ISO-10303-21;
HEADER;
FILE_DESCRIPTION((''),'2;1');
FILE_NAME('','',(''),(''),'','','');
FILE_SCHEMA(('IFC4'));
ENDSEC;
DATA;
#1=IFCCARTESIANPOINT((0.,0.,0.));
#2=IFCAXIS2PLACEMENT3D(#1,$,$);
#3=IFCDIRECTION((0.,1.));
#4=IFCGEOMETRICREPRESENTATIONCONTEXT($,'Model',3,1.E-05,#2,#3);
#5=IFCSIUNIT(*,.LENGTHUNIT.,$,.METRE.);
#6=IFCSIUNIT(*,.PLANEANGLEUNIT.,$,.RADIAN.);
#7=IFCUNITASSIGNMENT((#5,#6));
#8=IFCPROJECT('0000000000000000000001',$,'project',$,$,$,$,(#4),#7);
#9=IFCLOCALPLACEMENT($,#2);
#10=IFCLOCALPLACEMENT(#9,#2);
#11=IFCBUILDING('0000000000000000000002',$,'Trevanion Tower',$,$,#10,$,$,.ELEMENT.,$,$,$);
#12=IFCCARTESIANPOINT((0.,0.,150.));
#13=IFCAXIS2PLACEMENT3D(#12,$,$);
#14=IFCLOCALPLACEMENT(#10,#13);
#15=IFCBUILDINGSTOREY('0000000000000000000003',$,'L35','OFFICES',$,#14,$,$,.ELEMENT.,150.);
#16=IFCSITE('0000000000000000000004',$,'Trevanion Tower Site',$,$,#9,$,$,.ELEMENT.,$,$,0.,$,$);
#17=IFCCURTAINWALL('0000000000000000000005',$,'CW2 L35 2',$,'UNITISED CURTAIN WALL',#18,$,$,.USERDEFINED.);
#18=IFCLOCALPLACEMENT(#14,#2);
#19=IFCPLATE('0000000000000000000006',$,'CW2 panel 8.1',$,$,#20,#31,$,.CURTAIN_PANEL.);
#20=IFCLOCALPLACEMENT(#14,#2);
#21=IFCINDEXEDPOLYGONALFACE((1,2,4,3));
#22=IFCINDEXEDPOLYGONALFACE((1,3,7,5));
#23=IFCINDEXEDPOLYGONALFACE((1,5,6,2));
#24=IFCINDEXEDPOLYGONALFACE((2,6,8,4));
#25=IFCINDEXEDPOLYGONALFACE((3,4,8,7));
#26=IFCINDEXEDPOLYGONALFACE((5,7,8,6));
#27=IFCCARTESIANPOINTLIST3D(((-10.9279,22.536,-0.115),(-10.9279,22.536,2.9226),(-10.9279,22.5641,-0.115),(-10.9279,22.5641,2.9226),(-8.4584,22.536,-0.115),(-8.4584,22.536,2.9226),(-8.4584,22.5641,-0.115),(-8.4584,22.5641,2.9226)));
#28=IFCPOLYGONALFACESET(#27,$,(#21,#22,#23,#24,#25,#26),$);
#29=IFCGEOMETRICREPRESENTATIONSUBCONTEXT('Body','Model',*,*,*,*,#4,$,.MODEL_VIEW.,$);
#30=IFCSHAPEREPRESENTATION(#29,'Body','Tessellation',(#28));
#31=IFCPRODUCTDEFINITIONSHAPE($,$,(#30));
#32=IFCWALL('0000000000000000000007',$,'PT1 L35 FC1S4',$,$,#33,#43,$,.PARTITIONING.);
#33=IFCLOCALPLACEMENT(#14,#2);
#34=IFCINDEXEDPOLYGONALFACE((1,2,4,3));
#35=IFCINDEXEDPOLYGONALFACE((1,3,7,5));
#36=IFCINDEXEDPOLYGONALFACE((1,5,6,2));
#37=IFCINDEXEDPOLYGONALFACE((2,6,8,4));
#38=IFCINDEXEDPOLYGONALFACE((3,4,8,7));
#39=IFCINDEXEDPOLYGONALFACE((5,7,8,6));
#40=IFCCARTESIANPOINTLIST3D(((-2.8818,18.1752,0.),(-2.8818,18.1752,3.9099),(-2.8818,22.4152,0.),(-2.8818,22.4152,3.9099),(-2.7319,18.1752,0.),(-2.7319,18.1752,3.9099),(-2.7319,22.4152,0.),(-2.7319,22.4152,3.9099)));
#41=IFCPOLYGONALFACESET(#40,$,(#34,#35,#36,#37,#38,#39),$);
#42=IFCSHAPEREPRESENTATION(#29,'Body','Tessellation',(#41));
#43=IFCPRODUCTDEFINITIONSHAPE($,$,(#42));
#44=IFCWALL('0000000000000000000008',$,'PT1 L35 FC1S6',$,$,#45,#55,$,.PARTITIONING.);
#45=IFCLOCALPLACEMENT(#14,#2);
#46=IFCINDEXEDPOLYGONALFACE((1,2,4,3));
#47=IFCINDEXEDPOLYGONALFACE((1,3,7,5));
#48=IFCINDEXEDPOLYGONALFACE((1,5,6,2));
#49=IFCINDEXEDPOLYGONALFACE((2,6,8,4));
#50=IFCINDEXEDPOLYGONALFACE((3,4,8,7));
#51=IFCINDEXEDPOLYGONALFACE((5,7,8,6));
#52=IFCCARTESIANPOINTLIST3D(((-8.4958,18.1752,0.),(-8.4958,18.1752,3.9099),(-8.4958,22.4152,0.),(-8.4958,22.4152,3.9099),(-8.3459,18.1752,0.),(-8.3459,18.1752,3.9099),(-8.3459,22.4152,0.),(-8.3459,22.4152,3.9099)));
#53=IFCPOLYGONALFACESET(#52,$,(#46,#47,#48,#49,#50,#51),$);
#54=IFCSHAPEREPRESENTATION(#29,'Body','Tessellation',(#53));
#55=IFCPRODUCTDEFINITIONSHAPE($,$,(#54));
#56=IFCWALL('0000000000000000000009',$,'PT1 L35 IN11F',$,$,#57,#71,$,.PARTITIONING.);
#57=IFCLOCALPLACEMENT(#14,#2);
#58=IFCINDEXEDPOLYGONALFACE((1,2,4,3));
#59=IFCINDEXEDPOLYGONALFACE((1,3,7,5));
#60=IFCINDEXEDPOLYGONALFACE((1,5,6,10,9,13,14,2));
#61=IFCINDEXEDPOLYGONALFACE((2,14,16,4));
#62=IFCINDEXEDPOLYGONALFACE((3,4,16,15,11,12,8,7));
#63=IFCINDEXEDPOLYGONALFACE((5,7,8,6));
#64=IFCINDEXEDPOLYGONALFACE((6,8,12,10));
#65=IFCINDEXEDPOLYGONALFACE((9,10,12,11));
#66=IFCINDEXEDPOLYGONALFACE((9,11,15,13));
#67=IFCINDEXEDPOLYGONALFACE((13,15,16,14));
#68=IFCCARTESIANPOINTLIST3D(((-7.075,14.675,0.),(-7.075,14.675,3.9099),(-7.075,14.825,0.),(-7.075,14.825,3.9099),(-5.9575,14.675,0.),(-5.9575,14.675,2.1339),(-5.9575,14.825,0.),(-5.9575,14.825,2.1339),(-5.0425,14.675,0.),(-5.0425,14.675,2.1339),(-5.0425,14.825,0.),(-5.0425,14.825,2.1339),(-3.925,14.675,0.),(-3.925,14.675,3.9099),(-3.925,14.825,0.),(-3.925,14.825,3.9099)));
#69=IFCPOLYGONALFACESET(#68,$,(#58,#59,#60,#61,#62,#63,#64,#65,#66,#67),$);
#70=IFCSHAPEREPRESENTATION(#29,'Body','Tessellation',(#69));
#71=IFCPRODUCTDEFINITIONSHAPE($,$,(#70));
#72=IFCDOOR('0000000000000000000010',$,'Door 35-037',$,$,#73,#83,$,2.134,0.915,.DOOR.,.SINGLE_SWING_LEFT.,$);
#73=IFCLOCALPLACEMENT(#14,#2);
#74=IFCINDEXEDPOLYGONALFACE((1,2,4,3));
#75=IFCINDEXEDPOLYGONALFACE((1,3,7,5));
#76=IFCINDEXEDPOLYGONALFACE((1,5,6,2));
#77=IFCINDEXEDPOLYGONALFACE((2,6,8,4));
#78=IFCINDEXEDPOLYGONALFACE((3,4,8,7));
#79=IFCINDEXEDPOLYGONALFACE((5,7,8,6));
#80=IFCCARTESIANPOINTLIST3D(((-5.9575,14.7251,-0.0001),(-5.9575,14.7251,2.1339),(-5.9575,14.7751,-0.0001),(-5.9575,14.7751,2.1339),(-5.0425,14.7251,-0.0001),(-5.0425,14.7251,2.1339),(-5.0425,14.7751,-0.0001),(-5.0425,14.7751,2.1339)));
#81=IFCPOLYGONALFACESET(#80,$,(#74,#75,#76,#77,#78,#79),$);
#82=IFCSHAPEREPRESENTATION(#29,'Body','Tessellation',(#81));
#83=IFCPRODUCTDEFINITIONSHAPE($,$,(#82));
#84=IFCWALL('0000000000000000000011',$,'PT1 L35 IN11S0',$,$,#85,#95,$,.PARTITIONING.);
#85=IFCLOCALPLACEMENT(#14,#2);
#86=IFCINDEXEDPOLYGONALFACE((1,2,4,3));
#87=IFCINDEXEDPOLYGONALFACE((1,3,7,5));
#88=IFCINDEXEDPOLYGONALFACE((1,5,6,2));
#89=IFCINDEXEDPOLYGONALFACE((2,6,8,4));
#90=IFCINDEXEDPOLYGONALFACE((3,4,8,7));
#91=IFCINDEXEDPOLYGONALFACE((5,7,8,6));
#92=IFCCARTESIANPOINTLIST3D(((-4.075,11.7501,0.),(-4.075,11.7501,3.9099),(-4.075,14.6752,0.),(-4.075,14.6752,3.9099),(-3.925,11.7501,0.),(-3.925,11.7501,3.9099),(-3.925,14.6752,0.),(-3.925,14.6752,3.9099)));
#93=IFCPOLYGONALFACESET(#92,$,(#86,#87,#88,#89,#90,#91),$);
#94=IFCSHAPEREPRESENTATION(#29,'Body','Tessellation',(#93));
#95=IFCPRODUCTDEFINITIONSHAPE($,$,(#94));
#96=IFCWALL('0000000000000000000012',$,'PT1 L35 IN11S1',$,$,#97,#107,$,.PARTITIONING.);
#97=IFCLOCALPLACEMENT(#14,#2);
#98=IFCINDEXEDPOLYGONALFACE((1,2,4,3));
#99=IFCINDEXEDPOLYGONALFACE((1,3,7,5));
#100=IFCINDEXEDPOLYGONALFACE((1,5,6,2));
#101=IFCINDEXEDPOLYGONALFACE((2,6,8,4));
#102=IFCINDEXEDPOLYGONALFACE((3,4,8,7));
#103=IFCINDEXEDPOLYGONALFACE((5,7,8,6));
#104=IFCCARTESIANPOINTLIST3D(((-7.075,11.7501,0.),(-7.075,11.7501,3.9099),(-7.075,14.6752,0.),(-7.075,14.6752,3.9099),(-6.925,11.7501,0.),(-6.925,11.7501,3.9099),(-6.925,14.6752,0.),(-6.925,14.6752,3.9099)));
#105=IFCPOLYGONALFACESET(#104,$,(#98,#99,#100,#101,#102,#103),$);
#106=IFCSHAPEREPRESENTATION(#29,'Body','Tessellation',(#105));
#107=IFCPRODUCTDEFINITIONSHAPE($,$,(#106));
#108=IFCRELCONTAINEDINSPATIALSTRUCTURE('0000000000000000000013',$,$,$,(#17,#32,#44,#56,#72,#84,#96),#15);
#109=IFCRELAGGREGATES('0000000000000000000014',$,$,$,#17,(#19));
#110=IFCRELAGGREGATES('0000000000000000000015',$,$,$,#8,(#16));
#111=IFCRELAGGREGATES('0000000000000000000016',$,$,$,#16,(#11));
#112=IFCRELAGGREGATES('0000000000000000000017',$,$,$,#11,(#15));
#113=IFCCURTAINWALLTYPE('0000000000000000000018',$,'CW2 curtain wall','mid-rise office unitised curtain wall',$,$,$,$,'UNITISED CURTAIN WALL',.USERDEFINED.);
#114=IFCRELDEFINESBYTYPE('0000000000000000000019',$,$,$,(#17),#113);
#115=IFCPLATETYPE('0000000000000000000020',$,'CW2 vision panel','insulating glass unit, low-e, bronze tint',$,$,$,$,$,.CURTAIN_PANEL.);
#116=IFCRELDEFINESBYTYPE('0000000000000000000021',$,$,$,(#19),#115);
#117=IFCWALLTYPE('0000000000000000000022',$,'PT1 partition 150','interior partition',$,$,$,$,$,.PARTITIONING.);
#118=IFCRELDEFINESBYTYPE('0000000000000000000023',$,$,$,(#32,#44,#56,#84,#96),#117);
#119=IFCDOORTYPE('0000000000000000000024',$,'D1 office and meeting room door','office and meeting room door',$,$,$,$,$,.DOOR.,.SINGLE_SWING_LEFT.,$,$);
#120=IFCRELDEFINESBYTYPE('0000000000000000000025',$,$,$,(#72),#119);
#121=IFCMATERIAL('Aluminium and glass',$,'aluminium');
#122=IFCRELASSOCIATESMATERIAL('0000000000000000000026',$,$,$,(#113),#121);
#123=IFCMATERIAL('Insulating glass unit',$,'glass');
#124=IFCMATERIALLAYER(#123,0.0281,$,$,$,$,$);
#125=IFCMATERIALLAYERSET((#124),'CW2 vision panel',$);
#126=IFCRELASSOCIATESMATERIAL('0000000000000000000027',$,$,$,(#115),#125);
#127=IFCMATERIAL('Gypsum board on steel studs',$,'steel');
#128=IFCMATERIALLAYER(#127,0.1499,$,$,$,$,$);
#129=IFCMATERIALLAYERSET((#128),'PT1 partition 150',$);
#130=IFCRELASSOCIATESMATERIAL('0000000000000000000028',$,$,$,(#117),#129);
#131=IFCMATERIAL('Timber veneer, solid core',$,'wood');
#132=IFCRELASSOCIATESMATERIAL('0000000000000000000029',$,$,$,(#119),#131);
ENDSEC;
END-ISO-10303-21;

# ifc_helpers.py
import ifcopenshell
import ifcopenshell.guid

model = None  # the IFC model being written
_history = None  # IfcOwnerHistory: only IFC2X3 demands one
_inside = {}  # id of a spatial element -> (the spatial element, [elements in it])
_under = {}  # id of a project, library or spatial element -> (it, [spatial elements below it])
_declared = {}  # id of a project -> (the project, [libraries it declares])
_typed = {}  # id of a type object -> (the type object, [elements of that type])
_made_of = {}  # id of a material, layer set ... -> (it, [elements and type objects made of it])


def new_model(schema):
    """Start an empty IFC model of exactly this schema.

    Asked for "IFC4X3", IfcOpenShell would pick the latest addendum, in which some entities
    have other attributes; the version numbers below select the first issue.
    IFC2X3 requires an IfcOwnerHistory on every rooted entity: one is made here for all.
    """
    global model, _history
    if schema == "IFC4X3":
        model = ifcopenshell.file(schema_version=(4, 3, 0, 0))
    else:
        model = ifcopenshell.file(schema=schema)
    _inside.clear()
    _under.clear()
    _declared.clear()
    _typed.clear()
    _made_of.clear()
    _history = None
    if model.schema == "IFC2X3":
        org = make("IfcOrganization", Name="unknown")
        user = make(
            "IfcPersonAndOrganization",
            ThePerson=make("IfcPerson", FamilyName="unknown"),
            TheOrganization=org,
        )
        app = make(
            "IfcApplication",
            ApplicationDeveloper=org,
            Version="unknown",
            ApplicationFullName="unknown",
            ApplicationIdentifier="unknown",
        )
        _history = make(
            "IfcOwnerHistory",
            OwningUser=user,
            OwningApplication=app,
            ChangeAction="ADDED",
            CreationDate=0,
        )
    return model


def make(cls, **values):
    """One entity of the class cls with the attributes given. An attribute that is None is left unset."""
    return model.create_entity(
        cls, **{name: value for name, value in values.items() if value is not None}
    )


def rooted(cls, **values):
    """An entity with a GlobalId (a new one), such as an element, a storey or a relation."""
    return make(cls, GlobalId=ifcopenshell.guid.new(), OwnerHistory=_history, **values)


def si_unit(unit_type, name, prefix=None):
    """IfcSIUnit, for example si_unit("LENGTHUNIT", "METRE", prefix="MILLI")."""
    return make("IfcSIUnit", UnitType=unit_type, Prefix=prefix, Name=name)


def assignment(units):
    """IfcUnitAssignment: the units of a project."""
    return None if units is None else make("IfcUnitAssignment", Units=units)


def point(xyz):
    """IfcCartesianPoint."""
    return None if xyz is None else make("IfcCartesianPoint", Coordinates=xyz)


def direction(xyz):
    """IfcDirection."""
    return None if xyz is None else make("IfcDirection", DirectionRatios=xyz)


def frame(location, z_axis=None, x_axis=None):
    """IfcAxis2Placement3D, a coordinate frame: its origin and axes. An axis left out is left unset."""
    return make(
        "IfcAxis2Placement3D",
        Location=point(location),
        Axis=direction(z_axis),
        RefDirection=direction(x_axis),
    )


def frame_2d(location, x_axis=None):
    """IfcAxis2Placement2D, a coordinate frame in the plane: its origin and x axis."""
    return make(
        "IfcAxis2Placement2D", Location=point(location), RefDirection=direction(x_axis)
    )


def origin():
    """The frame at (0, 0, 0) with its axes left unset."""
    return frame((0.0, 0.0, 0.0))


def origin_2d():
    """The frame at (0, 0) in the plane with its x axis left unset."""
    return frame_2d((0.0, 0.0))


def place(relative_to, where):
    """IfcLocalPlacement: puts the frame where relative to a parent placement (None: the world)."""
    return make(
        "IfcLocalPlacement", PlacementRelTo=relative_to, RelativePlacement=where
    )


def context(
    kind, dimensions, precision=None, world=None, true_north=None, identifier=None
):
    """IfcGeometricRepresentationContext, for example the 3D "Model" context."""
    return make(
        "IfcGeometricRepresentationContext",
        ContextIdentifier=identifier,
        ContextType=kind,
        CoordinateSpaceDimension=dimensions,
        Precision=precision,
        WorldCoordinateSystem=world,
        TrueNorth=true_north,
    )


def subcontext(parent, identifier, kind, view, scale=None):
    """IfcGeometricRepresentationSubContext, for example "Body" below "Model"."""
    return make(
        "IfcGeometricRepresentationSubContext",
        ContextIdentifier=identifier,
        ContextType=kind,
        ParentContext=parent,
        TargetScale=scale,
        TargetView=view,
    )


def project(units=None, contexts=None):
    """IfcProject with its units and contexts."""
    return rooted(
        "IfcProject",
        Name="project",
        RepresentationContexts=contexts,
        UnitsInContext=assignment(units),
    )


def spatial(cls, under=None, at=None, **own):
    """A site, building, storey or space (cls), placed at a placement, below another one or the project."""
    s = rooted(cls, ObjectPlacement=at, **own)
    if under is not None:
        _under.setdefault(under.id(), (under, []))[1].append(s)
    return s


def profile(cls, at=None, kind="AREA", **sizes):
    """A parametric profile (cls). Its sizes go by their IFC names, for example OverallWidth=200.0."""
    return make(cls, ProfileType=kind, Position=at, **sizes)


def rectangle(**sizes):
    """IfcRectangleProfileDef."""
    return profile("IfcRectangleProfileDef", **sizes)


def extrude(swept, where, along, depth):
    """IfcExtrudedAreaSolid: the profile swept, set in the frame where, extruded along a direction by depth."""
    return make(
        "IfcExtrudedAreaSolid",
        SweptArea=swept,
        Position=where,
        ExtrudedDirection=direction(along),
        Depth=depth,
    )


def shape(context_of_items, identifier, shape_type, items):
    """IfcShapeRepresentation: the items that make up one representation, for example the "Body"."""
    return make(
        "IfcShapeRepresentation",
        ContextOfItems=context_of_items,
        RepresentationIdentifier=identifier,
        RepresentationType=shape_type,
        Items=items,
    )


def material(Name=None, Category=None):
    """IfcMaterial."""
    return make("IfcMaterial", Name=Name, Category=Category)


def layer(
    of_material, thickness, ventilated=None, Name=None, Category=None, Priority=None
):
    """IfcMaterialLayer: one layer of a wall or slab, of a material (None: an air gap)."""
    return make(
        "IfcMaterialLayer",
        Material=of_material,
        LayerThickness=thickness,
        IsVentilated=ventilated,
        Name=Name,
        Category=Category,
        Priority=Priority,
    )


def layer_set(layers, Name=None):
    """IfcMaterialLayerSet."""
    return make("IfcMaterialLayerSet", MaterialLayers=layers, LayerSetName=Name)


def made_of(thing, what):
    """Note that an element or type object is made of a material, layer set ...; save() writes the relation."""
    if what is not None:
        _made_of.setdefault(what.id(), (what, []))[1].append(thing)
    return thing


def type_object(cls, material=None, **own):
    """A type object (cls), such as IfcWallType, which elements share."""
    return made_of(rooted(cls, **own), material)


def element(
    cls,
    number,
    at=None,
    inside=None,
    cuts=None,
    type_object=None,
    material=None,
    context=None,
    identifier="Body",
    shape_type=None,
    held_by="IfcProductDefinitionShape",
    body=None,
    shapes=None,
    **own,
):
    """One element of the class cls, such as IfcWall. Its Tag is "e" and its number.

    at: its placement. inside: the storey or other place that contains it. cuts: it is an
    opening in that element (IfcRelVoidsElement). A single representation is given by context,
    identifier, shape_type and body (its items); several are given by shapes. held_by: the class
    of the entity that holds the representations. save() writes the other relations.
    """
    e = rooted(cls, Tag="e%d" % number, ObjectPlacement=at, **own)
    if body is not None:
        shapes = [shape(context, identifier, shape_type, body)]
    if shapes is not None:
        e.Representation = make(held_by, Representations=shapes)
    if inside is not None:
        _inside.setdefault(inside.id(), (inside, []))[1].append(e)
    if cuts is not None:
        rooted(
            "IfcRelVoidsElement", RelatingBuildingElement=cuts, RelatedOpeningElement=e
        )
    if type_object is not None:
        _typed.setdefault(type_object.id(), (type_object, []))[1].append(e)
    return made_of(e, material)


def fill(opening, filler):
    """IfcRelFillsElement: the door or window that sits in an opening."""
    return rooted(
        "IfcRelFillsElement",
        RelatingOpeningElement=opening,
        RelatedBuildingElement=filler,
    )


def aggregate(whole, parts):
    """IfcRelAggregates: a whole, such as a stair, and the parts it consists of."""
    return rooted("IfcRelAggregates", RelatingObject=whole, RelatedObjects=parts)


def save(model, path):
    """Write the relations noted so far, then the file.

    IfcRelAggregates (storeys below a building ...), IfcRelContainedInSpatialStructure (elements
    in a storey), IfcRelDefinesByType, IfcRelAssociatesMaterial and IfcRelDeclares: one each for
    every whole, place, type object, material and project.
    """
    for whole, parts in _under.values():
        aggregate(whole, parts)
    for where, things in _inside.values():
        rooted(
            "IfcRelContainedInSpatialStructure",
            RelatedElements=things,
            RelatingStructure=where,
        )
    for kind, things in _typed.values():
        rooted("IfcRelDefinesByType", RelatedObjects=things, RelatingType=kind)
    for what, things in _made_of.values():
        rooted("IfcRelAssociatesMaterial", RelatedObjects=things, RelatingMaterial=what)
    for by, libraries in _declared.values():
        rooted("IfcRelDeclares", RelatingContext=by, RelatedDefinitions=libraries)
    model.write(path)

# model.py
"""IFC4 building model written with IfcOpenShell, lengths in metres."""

from ifc_helpers import new_model, si_unit, direction, frame, frame_2d, origin, origin_2d, place, context, subcontext, project, spatial, rectangle, extrude, material, layer, layer_set, type_object, element, fill, aggregate, save


model = new_model("IFC4")

# Units and contexts
model_context = context("Model", 3, precision=1e-05, world=origin(), true_north=direction((0.0, 1.0)))
body_context = subcontext(model_context, "Body", "Model", "MODEL_VIEW")
ifc_project = project(units=[si_unit("LENGTHUNIT", "METRE"), si_unit("PLANEANGLEUNIT", "RADIAN")], contexts=[model_context])

# Site, building, storey
site_placement = place(None, origin())
site = spatial("IfcSite", under=ifc_project, at=site_placement, Name="Trevanion Tower Site", CompositionType="ELEMENT", RefElevation=0.0)
building_placement = place(site_placement, origin())
building = spatial("IfcBuilding", under=site, at=building_placement, Name="Trevanion Tower", CompositionType="ELEMENT")
storey_placement = place(building_placement, frame((0.0, 0.0, 150.0)))
storey = spatial("IfcBuildingStorey", under=building, at=storey_placement, Name="L35", Description="OFFICES", CompositionType="ELEMENT", Elevation=150.0)

# Curtain wall
ifc_material_1 = material(Name="Aluminium and glass", Category="aluminium")
curtain_wall_type = type_object("IfcCurtainWallType", Name="CW2 curtain wall", Description="mid-rise office unitised curtain wall", ElementType="UNITISED CURTAIN WALL", PredefinedType="USERDEFINED", material=ifc_material_1)
curtain_wall_placement = place(storey_placement, origin())
curtain_wall = element("IfcCurtainWall", 1, at=curtain_wall_placement, inside=storey, type_object=curtain_wall_type, Name="CW2 L35 2", ObjectType="UNITISED CURTAIN WALL", PredefinedType="USERDEFINED")

# Plate
ifc_material_2 = material(Name="Insulating glass unit", Category="glass")
ifc_layer_1 = layer(ifc_material_2, 0.0281)
ifc_layer_set_1 = layer_set([ifc_layer_1], Name="CW2 vision panel")
plate_type_1 = type_object("IfcPlateType", Name="CW2 vision panel", Description="insulating glass unit, low-e, bronze tint", PredefinedType="CURTAIN_PANEL", material=ifc_layer_set_1)
plate_1_placement = place(storey_placement, frame((-9.6931, 22.55, -0.115), z_axis=(0.0, 0.0, 1.0), x_axis=(-1.0, 0.0, 0.0)))
plate_1 = element("IfcPlate", 2, at=plate_1_placement, type_object=plate_type_1, Name="CW2 panel 8.1", PredefinedType="CURTAIN_PANEL", context=body_context, shape_type="SweptSolid", body=[
    extrude(rectangle(XDim=2.4695, YDim=0.0281, at=origin_2d()), origin(), (0.0, 0.0, 1.0), 3.0376),
])
aggregate(curtain_wall, [plate_1])

# Walls
ifc_material_3 = material(Name="Gypsum board on steel studs", Category="steel")
ifc_layer_2 = layer(ifc_material_3, 0.1499)
ifc_layer_set_2 = layer_set([ifc_layer_2], Name="PT1 partition 150")
wall_type = type_object("IfcWallType", Name="PT1 partition 150", Description="interior partition", PredefinedType="PARTITIONING", material=ifc_layer_set_2)
for number, where, z_axis, x_axis, name in (
    (3, (-2.8069, 18.175, 0.0), (0.0, 0.0, 1.0), (0.0, 1.0, 0.0), "PT1 L35 FC1S4"),
    (4, (-8.4209, 18.175, 0.0), (0.0, 0.0, 1.0), (0.0, 1.0, 0.0), "PT1 L35 FC1S6"),
):
    element("IfcWall", number, at=place(storey_placement, frame(where, z_axis=z_axis, x_axis=x_axis)), inside=storey, type_object=wall_type, Name=name, PredefinedType="PARTITIONING", context=body_context, shape_type="SweptSolid", body=[
        extrude(rectangle(XDim=4.24, YDim=0.1499, at=frame_2d((2.1201, 0.0))), origin(), (0.0, 0.0, 1.0), 3.9099),
    ])

# Wall, opening, door
wall_placement = place(storey_placement, frame((-3.925, 14.75, 0.0), z_axis=(0.0, 0.0, 1.0), x_axis=(-1.0, 0.0, 0.0)))
wall = element("IfcWall", 5, at=wall_placement, inside=storey, type_object=wall_type, Name="PT1 L35 IN11F", PredefinedType="PARTITIONING", context=body_context, shape_type="SweptSolid", body=[
    extrude(rectangle(XDim=3.1499, YDim=0.1499, at=frame_2d((1.575, 0.0))), origin(), (0.0, 0.0, 1.0), 3.9099),
])
opening_placement = place(wall_placement, frame((1.1174, 0.0, 0.0)))
opening = element("IfcOpeningElement", 6, at=opening_placement, cuts=wall, PredefinedType="OPENING", context=body_context, shape_type="SweptSolid", body=[
    extrude(rectangle(XDim=0.915, YDim=2.134, at=frame_2d((0.4575, 1.0669))), frame((0.0, 0.085, 0.0), z_axis=(0.0, -1.0, 0.0), x_axis=(1.0, 0.0, 0.0)), (0.0, 0.0, 1.0), 0.1699),
])
ifc_material_4 = material(Name="Timber veneer, solid core", Category="wood")
door_type = type_object("IfcDoorType", Name="D1 office and meeting room door", Description="office and meeting room door", OperationType="SINGLE_SWING_LEFT", PredefinedType="DOOR", material=ifc_material_4)
door_placement = place(opening_placement, origin())
door = element("IfcDoor", 7, at=door_placement, inside=storey, type_object=door_type, Name="Door 35-037", OperationType="SINGLE_SWING_LEFT", OverallHeight=2.134, OverallWidth=0.915, PredefinedType="DOOR", context=body_context, shape_type="SweptSolid", body=[
    extrude(rectangle(XDim=0.915, YDim=2.134, at=frame_2d((0.4575, 1.0669))), frame((0.0, 0.0249, 0.0), z_axis=(0.0, -1.0, 0.0), x_axis=(1.0, 0.0, 0.0)), (0.0, 0.0, 1.0), 0.05),
])
fill(opening, door)

# Walls
for number, where, z_axis, x_axis, name in (
    (8, (-4.0, 14.675, 0.0), (0.0, 0.0, 1.0), (0.0, -1.0, 0.0), "PT1 L35 IN11S0"),
    (9, (-7.0, 14.675, 0.0), (0.0, 0.0, 1.0), (0.0, -1.0, 0.0), "PT1 L35 IN11S1"),
):
    element("IfcWall", number, at=place(storey_placement, frame(where, z_axis=z_axis, x_axis=x_axis)), inside=storey, type_object=wall_type, Name=name, PredefinedType="PARTITIONING", context=body_context, shape_type="SweptSolid", body=[
        extrude(rectangle(XDim=2.925, YDim=0.1499, at=frame_2d((1.4624, 0.0))), origin(), (0.0, 0.0, 1.0), 3.9099),
    ])

save(model, "model.ifc")
